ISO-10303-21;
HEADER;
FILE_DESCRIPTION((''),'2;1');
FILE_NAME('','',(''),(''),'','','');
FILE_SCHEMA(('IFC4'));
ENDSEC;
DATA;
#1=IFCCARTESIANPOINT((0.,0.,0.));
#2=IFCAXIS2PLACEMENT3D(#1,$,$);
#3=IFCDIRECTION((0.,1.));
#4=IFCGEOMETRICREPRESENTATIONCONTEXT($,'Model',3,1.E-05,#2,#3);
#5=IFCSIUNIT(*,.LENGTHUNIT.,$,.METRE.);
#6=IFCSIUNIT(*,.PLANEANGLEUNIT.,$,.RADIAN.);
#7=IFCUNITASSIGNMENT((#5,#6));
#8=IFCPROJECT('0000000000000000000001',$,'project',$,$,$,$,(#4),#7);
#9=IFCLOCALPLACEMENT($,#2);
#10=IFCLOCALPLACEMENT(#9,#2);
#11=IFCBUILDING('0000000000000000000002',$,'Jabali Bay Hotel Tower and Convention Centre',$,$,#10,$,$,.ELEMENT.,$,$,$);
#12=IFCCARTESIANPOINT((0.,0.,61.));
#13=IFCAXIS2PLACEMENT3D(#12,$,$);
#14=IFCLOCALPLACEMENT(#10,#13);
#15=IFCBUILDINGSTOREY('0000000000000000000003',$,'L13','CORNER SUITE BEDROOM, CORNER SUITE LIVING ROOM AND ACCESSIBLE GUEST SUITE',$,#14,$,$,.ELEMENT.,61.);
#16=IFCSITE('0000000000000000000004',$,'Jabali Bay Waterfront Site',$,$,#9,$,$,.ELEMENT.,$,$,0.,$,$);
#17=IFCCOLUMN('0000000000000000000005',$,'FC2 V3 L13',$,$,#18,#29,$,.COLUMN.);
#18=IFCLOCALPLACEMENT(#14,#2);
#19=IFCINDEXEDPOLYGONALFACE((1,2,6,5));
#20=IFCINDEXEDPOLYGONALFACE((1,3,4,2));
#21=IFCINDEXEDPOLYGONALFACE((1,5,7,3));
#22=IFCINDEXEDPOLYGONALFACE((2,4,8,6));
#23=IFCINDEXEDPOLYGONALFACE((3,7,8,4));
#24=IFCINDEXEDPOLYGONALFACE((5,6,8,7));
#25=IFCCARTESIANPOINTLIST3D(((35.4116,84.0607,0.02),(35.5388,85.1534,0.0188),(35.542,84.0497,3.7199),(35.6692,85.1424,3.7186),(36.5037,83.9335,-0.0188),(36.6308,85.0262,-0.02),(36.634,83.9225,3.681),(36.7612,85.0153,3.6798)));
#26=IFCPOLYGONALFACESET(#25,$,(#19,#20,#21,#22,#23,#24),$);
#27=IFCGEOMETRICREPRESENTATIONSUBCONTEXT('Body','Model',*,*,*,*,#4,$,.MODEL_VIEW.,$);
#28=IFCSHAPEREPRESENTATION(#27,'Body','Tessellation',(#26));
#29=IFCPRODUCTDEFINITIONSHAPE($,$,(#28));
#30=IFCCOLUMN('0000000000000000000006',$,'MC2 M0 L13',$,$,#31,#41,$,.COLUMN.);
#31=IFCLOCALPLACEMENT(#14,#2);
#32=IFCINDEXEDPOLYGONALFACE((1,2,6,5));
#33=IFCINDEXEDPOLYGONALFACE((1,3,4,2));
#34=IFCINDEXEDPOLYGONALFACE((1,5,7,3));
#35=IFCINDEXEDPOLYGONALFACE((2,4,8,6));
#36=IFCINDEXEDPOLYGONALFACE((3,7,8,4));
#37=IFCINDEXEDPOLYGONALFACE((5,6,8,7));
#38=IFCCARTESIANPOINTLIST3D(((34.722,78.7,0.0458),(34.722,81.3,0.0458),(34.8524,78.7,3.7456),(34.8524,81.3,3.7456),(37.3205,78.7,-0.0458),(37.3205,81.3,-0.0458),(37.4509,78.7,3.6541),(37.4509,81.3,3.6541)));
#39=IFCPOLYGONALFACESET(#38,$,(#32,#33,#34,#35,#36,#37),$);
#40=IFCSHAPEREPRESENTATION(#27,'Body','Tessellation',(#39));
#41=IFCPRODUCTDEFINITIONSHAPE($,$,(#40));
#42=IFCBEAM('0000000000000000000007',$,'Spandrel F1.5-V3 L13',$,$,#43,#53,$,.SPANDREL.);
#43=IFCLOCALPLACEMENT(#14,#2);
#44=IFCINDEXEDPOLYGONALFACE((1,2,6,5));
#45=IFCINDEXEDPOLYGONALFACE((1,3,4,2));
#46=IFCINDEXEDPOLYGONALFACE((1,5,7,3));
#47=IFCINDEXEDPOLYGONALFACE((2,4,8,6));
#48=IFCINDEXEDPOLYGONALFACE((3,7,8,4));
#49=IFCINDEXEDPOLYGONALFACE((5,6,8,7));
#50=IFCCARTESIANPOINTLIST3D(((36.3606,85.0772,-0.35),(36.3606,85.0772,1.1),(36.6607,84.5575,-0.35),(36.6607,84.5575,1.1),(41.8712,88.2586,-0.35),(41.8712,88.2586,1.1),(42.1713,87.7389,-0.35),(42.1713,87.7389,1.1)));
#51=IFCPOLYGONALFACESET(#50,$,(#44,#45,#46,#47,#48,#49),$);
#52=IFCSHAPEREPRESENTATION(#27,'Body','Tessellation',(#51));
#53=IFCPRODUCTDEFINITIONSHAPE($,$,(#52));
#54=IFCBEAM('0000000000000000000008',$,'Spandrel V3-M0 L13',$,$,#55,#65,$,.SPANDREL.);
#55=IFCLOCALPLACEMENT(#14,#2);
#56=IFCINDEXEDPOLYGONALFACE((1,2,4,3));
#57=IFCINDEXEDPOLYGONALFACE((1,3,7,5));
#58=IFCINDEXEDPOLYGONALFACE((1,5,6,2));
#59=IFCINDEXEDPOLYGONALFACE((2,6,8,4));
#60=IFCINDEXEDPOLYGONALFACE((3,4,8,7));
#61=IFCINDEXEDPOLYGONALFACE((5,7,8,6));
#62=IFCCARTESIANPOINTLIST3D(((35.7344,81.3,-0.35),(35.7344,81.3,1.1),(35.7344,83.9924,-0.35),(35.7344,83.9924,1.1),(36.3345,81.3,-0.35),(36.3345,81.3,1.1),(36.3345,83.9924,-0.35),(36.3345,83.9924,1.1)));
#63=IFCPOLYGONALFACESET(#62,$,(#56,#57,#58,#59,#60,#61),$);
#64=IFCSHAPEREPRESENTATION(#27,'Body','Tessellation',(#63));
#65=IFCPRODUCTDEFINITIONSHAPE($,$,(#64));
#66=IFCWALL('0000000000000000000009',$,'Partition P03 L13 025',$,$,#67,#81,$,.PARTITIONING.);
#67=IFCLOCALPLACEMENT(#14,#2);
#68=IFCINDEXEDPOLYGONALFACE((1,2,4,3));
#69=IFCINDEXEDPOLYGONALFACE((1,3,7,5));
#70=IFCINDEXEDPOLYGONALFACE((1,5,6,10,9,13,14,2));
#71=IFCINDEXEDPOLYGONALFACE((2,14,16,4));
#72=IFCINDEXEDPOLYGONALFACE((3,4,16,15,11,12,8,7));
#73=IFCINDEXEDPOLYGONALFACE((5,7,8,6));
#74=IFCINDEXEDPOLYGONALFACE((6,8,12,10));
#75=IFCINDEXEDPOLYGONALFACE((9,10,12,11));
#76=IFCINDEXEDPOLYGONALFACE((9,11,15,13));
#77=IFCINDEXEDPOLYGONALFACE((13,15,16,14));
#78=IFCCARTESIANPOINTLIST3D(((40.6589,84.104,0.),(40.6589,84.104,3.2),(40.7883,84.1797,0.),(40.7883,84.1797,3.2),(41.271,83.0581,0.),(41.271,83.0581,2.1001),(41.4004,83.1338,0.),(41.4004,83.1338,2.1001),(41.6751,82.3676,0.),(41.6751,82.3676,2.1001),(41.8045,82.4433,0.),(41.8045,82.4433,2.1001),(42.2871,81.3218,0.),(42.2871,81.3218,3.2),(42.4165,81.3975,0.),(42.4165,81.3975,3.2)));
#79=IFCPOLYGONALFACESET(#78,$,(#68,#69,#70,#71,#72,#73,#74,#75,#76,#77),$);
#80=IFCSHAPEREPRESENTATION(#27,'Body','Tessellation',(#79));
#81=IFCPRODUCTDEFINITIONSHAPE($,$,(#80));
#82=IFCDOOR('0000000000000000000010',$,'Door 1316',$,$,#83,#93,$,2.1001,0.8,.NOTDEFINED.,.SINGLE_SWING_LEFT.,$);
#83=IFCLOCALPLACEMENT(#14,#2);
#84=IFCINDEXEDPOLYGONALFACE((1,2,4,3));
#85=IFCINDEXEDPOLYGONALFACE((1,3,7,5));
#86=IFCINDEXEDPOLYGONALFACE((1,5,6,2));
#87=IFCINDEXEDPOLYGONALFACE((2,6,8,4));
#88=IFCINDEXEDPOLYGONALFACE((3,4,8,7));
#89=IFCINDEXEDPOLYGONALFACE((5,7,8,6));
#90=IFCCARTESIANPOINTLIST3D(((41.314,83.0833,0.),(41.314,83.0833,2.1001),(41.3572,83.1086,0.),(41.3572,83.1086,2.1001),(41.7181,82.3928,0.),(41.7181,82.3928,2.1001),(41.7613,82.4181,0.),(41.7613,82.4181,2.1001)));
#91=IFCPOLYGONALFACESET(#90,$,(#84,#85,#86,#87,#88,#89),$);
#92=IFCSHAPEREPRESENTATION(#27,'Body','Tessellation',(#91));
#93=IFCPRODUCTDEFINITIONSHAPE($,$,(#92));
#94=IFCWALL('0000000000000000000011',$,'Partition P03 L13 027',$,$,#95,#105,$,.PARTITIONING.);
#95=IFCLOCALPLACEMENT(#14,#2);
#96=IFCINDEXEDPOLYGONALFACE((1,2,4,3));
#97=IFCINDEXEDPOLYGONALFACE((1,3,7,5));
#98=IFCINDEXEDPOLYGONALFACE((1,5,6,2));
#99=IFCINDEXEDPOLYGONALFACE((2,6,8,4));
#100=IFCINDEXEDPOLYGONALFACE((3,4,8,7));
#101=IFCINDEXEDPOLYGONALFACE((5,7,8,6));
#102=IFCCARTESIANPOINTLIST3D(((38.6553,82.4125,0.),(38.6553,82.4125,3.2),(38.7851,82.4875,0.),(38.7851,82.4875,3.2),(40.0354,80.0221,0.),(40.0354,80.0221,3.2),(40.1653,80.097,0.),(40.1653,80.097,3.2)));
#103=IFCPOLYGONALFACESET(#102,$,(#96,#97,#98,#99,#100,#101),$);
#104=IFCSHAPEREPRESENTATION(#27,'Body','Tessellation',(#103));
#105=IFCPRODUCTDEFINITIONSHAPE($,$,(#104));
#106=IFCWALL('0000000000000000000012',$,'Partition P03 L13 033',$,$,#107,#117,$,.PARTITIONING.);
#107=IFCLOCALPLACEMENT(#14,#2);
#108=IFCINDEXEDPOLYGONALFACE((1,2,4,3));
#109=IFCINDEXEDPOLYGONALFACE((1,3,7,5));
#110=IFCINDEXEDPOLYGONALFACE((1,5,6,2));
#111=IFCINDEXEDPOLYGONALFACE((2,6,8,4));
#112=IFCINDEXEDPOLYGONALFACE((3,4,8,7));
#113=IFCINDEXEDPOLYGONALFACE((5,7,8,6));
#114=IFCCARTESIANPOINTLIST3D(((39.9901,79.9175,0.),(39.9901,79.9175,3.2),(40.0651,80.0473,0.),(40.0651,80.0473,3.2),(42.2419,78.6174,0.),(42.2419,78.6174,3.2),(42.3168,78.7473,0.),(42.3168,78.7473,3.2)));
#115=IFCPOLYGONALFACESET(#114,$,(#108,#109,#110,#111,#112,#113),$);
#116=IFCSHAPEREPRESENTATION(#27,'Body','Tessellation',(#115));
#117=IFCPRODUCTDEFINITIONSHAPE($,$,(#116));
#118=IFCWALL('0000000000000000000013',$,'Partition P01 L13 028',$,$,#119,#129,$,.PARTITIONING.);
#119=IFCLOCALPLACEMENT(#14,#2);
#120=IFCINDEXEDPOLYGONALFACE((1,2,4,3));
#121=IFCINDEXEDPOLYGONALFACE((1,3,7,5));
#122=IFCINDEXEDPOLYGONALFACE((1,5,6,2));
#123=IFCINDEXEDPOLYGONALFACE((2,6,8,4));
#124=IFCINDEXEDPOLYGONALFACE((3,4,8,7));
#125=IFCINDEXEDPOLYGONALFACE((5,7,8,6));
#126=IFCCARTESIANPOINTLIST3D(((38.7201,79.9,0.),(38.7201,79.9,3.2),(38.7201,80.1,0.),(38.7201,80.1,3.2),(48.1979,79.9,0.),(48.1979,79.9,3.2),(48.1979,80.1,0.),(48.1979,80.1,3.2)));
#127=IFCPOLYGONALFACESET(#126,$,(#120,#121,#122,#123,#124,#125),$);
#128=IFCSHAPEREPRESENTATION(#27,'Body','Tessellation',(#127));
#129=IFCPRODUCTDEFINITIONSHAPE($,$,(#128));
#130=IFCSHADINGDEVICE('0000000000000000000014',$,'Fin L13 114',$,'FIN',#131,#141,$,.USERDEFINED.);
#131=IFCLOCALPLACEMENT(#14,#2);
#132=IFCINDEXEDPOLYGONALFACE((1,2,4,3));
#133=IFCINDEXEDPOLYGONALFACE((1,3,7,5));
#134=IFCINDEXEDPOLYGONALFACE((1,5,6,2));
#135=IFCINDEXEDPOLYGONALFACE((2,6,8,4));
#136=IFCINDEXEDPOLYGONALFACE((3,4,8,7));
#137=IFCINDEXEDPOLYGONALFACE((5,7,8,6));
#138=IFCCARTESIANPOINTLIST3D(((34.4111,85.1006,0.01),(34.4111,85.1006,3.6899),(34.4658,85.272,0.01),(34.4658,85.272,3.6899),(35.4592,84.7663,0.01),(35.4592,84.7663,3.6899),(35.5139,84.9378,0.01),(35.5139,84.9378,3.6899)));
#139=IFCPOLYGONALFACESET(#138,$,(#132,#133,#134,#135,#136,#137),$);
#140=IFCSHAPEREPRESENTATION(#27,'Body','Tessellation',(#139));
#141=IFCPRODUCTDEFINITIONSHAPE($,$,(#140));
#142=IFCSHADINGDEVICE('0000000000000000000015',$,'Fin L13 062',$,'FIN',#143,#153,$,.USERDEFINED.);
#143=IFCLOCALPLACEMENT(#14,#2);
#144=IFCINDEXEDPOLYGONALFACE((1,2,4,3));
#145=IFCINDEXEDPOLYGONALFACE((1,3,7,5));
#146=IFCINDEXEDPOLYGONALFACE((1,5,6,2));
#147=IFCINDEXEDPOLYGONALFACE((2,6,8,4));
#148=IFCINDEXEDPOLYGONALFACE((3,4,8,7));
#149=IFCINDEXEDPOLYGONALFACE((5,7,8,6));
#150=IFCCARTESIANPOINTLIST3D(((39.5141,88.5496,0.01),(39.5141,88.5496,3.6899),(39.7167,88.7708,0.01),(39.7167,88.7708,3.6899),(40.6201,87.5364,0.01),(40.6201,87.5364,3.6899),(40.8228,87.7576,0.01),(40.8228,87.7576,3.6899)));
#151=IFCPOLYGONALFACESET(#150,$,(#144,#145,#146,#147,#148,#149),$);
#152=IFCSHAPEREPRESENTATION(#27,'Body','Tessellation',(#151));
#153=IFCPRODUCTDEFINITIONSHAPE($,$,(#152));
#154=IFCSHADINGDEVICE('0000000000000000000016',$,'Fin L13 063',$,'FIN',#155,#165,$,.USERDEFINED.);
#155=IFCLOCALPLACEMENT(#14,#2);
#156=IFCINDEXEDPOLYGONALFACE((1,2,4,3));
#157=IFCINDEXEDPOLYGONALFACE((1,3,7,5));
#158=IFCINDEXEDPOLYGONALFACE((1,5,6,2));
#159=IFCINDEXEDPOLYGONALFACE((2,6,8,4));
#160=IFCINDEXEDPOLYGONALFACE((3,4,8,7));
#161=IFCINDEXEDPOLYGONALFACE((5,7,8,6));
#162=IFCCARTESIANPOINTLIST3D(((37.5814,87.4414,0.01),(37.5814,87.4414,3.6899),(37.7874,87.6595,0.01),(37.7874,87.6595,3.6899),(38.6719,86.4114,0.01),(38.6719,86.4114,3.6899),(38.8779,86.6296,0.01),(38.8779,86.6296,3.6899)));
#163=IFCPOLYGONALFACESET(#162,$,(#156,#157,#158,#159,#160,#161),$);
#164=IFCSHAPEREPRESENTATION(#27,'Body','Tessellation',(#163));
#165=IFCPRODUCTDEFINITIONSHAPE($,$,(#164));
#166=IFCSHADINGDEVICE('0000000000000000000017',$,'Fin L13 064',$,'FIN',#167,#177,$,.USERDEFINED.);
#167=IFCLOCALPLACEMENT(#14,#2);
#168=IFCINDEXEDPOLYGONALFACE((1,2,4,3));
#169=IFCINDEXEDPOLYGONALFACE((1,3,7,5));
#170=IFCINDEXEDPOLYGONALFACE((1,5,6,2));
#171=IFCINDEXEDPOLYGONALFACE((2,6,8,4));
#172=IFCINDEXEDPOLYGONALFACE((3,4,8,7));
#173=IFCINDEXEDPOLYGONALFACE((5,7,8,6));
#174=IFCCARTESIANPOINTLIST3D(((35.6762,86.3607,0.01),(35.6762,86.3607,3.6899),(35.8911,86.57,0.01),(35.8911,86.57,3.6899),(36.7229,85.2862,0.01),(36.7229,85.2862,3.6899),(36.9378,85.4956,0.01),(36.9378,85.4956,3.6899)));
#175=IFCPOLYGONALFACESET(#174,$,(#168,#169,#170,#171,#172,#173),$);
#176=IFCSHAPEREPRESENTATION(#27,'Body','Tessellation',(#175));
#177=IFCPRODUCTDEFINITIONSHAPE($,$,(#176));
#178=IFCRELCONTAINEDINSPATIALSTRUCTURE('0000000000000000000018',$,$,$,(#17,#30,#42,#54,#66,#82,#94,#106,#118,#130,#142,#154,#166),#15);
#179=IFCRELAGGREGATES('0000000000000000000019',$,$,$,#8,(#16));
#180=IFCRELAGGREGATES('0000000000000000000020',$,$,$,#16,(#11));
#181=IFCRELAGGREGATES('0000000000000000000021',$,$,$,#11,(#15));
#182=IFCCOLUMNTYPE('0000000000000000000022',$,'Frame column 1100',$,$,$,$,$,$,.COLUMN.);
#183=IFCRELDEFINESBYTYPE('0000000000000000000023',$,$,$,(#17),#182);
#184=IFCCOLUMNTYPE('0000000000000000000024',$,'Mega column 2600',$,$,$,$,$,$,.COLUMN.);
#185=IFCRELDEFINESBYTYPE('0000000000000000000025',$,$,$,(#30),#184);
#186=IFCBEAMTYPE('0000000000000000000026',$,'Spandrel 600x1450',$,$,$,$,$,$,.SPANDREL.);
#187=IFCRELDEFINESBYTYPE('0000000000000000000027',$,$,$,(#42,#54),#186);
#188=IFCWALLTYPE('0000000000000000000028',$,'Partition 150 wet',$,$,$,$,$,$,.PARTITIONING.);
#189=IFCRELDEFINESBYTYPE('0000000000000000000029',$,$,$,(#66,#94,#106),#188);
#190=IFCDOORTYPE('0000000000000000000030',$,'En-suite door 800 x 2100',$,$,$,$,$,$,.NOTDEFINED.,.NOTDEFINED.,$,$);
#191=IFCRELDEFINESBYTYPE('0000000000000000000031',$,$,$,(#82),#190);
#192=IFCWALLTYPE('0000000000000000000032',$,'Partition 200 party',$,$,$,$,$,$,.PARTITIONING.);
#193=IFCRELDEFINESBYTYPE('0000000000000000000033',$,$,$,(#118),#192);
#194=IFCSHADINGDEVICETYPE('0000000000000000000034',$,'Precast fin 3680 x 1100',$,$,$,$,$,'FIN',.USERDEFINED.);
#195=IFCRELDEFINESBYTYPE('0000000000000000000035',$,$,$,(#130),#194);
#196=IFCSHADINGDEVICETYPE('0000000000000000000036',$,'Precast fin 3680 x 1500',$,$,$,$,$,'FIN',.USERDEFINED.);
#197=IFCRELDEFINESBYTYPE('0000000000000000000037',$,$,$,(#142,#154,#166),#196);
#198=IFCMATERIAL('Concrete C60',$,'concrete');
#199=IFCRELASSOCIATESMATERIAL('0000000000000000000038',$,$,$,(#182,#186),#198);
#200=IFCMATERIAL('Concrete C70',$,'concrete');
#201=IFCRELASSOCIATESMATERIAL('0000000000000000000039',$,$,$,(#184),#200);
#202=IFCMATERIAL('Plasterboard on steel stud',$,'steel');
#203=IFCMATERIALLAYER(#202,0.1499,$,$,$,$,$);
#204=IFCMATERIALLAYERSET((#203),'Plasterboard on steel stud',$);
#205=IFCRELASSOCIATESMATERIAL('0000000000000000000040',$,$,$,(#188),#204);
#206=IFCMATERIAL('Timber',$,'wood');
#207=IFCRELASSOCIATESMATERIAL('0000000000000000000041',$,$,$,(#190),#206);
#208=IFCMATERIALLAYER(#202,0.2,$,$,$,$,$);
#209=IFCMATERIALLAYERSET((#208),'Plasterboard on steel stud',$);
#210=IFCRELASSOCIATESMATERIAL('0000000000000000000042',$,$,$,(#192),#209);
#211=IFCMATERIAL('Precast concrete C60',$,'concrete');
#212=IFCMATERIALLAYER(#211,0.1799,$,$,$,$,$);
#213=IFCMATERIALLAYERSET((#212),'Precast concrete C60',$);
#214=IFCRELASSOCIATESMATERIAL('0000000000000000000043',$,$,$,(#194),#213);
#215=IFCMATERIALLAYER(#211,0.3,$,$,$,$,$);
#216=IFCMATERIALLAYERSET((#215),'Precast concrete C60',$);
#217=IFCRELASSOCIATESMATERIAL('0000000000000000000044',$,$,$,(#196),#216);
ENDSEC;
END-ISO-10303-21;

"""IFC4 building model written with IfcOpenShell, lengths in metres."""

from ifc_helpers import new_model, si_unit, direction, frame, frame_2d, origin, origin_2d, place, context, subcontext, project, spatial, rectangle, extrude, material, layer, layer_set, material_profile, profile_set, type_object, element, fill, save


model = new_model("IFC4")

# Units and contexts
model_context = context("Model", 3, precision=1e-05, world=origin(), true_north=direction((0.0, 1.0)))
body_context = subcontext(model_context, "Body", "Model", "MODEL_VIEW")
ifc_project = project(units=[si_unit("LENGTHUNIT", "METRE"), si_unit("PLANEANGLEUNIT", "RADIAN")], contexts=[model_context])

# Site, building, storey
site_placement = place(None, origin())
site = spatial("IfcSite", under=ifc_project, at=site_placement, Name="Jabali Bay Waterfront Site", CompositionType="ELEMENT", RefElevation=0.0)
building_placement = place(site_placement, origin())
building = spatial("IfcBuilding", under=site, at=building_placement, Name="Jabali Bay Hotel Tower and Convention Centre", CompositionType="ELEMENT")
storey_placement = place(building_placement, frame((0.0, 0.0, 61.0)))
storey = spatial("IfcBuildingStorey", under=building, at=storey_placement, Name="L13", Description="CORNER SUITE BEDROOM, CORNER SUITE LIVING ROOM AND ACCESSIBLE GUEST SUITE", CompositionType="ELEMENT", Elevation=61.0)

# Columns
ifc_material_1 = material(Name="Concrete C60", Category="concrete")
ifc_material_profile_1 = material_profile(ifc_material_1, rectangle(XDim=1.1001, YDim=1.1001, at=origin_2d()), Name="Frame column 1100")
ifc_profile_set_1 = profile_set([ifc_material_profile_1], Name="Concrete C60")
column_type_1 = type_object("IfcColumnType", Name="Frame column 1100", PredefinedType="COLUMN", material=ifc_profile_set_1)
column_1_placement = place(storey_placement, frame((36.0212, 84.5435, 0.0), z_axis=(0.035214, -0.002967, 0.999375), x_axis=(-0.992671, 0.115571, 0.035321)))
element("IfcColumn", 1, at=column_1_placement, inside=storey, type_object=column_type_1, Name="FC2 V3 L13", PredefinedType="COLUMN", context=body_context, shape_type="SweptSolid", body=[
    extrude(rectangle(XDim=1.1001, YDim=1.1001, at=origin_2d()), origin(), (0.0, 0.0, 1.0), 3.7021),
])
ifc_material_2 = material(Name="Concrete C70", Category="concrete")
ifc_material_profile_2 = material_profile(ifc_material_2, rectangle(XDim=2.6001, YDim=2.6001, at=origin_2d()), Name="Mega column 2600")
ifc_profile_set_2 = profile_set([ifc_material_profile_2], Name="Concrete C70")
column_type_2 = type_object("IfcColumnType", Name="Mega column 2600", PredefinedType="COLUMN", material=ifc_profile_set_2)
column_2_placement = place(storey_placement, frame((36.0212, 80.0, 0.0), z_axis=(0.035214, 0.0, 0.99938), x_axis=(0.0, 1.0, 0.0)))
element("IfcColumn", 2, at=column_2_placement, inside=storey, type_object=column_type_2, Name="MC2 M0 L13", PredefinedType="COLUMN", context=body_context, shape_type="SweptSolid", body=[
    extrude(rectangle(XDim=2.6001, YDim=2.6001, at=origin_2d()), origin(), (0.0, 0.0, 1.0), 3.7021),
])

# Beams
ifc_material_profile_3 = material_profile(ifc_material_1, rectangle(XDim=0.6001, YDim=1.45, at=origin_2d()), Name="Spandrel 600x1450")
ifc_profile_set_3 = profile_set([ifc_material_profile_3], Name="Concrete C60")
beam_type = type_object("IfcBeamType", Name="Spandrel 600x1450", PredefinedType="SPANDREL", material=ifc_profile_set_3)
beam_1_placement = place(storey_placement, frame((42.0212, 87.9988, 0.375), z_axis=(-0.866032, -0.499989, 0.0), x_axis=(0.499989, -0.866032, 0.0)))
element("IfcBeam", 3, at=beam_1_placement, inside=storey, type_object=beam_type, Name="Spandrel F1.5-V3 L13", PredefinedType="SPANDREL", context=body_context, shape_type="SweptSolid", body=[
    extrude(rectangle(XDim=0.6001, YDim=1.45, at=origin_2d()), origin(), (0.0, 0.0, 1.0), 6.363),
])
beam_2_placement = place(storey_placement, frame((36.0344, 83.9924, 0.375), z_axis=(0.0, -1.0, 0.0), x_axis=(1.0, 0.0, 0.0)))
element("IfcBeam", 4, at=beam_2_placement, inside=storey, type_object=beam_type, Name="Spandrel V3-M0 L13", PredefinedType="SPANDREL", context=body_context, shape_type="SweptSolid", body=[
    extrude(rectangle(XDim=0.6001, YDim=1.45, at=origin_2d()), origin(), (0.0, 0.0, 1.0), 2.6924),
])

# Wall, opening, door
ifc_material_3 = material(Name="Plasterboard on steel stud", Category="steel")
ifc_layer_1 = layer(ifc_material_3, 0.1499)
ifc_layer_set_1 = layer_set([ifc_layer_1], Name="Plasterboard on steel stud")
wall_type_1 = type_object("IfcWallType", Name="Partition 150 wet", PredefinedType="PARTITIONING", material=ifc_layer_set_1)
wall_1_placement = place(storey_placement, frame((40.7236, 84.1418, 0.0), z_axis=(0.0, 0.0, 1.0), x_axis=(0.505076, -0.863075, 0.0)))
wall_1 = element("IfcWall", 5, at=wall_1_placement, inside=storey, type_object=wall_type_1, Name="Partition P03 L13 025", PredefinedType="PARTITIONING", context=body_context, shape_type="SweptSolid", body=[
    extrude(rectangle(XDim=3.2236, YDim=0.1499, at=frame_2d((1.6118, 0.0))), origin(), (0.0, 0.0, 1.0), 3.2),
])
opening_1_placement = place(wall_1_placement, frame((1.2119, 0.0, 0.0)))
opening_1 = element("IfcOpeningElement", 6, at=opening_1_placement, cuts=wall_1, PredefinedType="OPENING", context=body_context, shape_type="SweptSolid", body=[
    extrude(rectangle(XDim=0.8, YDim=2.1001, at=frame_2d((0.3999, 1.05))), frame((0.0, 0.0854, 0.0), z_axis=(0.0, -1.0, 0.0), x_axis=(1.0, 0.0, 0.0)), (0.0, 0.0, 1.0), 0.1709),
])
ifc_material_4 = material(Name="Timber", Category="wood")
door_type_1 = type_object("IfcDoorType", Name="En-suite door 800 x 2100", OperationType="NOTDEFINED", PredefinedType="NOTDEFINED", material=ifc_material_4)
door_1_placement = place(opening_1_placement, origin())
door_1 = element("IfcDoor", 7, at=door_1_placement, inside=storey, type_object=door_type_1, Name="Door 1316", OperationType="SINGLE_SWING_LEFT", OverallHeight=2.1001, OverallWidth=0.8, PredefinedType="NOTDEFINED", context=body_context, shape_type="SweptSolid", body=[
    extrude(rectangle(XDim=0.8, YDim=2.1001, at=frame_2d((0.3999, 1.05))), frame((0.0, 0.0249, 0.0), z_axis=(0.0, -1.0, 0.0), x_axis=(1.0, 0.0, 0.0)), (0.0, 0.0, 1.0), 0.05),
])
fill(opening_1, door_1)

# Walls
wall_2_placement = place(storey_placement, frame((40.1003, 80.0596, 0.0), z_axis=(0.0, 0.0, 1.0), x_axis=(-0.500011, 0.866019, 0.0)))
element("IfcWall", 8, at=wall_2_placement, inside=storey, type_object=wall_type_1, Name="Partition P03 L13 027", PredefinedType="PARTITIONING", context=body_context, shape_type="SweptSolid", body=[
    extrude(rectangle(XDim=2.7603, YDim=0.1499, at=frame_2d((1.3801, 0.0))), origin(), (0.0, 0.0, 1.0), 3.2),
])
wall_3_placement = place(storey_placement, frame((40.0276, 79.9824, 0.0), z_axis=(0.0, 0.0, 1.0), x_axis=(0.866021, -0.500007, 0.0)))
element("IfcWall", 9, at=wall_3_placement, inside=storey, type_object=wall_type_1, Name="Partition P03 L13 033", PredefinedType="PARTITIONING", context=body_context, shape_type="SweptSolid", body=[
    extrude(rectangle(XDim=2.6001, YDim=0.1499, at=frame_2d((1.3, 0.0))), origin(), (0.0, 0.0, 1.0), 3.2),
])
ifc_layer_2 = layer(ifc_material_3, 0.2)
ifc_layer_set_2 = layer_set([ifc_layer_2], Name="Plasterboard on steel stud")
wall_type_2 = type_object("IfcWallType", Name="Partition 200 party", PredefinedType="PARTITIONING", material=ifc_layer_set_2)
wall_4_placement = place(storey_placement, frame((38.7202, 80.0, 0.0), z_axis=(0.0, 0.0, 1.0), x_axis=(1.0, 0.0, 0.0)))
element("IfcWall", 10, at=wall_4_placement, inside=storey, type_object=wall_type_2, Name="Partition P01 L13 028", PredefinedType="PARTITIONING", context=body_context, shape_type="SweptSolid", body=[
    extrude(rectangle(XDim=9.4778, YDim=0.2, at=frame_2d((4.7388, 0.0))), origin(), (0.0, 0.0, 1.0), 3.2),
])

# Shading devices
ifc_material_5 = material(Name="Precast concrete C60", Category="concrete")
ifc_layer_3 = layer(ifc_material_5, 0.1799)
ifc_layer_set_3 = layer_set([ifc_layer_3], Name="Precast concrete C60")
shading_device_type_1 = type_object("IfcShadingDeviceType", Name="Precast fin 3680 x 1100", ElementType="FIN", PredefinedType="USERDEFINED", material=ifc_layer_set_3)
shading_device_1_placement = place(storey_placement, frame((35.4866, 84.8521, 0.01), z_axis=(0.0, 0.0, 1.0), x_axis=(-0.95273, 0.303817, 0.0)))
element("IfcShadingDevice", 11, at=shading_device_1_placement, inside=storey, type_object=shading_device_type_1, Name="Fin L13 114", ObjectType="FIN", PredefinedType="USERDEFINED", context=body_context, shape_type="SweptSolid", body=[
    extrude(rectangle(XDim=1.1001, YDim=0.1799, at=frame_2d((0.55, 0.0))), origin(), (0.0, 0.0, 1.0), 3.6799),
])
ifc_layer_4 = layer(ifc_material_5, 0.3)
ifc_layer_set_4 = layer_set([ifc_layer_4], Name="Precast concrete C60")
shading_device_type_2 = type_object("IfcShadingDeviceType", Name="Precast fin 3680 x 1500", ElementType="FIN", PredefinedType="USERDEFINED", material=ifc_layer_set_4)
for number, where, z_axis, x_axis, name in (
    (12, (40.7214, 87.647, 0.01), (0.0, 0.0, 1.0), (-0.737357, 0.675503, 0.0), "Fin L13 062"),
    (13, (38.7749, 86.5205, 0.01), (0.0, 0.0, 1.0), (-0.727, 0.686638, 0.0), "Fin L13 063"),
    (14, (36.8303, 85.3909, 0.01), (0.0, 0.0, 1.0), (-0.697768, 0.716323, 0.0), "Fin L13 064"),
):
    element("IfcShadingDevice", number, at=place(storey_placement, frame(where, z_axis=z_axis, x_axis=x_axis)), inside=storey, type_object=shading_device_type_2, Name=name, ObjectType="FIN", PredefinedType="USERDEFINED", context=body_context, shape_type="SweptSolid", body=[
        extrude(rectangle(XDim=1.5, YDim=0.3, at=frame_2d((0.75, 0.0))), origin(), (0.0, 0.0, 1.0), 3.6799),
    ])

save(model, "model.ifc")
